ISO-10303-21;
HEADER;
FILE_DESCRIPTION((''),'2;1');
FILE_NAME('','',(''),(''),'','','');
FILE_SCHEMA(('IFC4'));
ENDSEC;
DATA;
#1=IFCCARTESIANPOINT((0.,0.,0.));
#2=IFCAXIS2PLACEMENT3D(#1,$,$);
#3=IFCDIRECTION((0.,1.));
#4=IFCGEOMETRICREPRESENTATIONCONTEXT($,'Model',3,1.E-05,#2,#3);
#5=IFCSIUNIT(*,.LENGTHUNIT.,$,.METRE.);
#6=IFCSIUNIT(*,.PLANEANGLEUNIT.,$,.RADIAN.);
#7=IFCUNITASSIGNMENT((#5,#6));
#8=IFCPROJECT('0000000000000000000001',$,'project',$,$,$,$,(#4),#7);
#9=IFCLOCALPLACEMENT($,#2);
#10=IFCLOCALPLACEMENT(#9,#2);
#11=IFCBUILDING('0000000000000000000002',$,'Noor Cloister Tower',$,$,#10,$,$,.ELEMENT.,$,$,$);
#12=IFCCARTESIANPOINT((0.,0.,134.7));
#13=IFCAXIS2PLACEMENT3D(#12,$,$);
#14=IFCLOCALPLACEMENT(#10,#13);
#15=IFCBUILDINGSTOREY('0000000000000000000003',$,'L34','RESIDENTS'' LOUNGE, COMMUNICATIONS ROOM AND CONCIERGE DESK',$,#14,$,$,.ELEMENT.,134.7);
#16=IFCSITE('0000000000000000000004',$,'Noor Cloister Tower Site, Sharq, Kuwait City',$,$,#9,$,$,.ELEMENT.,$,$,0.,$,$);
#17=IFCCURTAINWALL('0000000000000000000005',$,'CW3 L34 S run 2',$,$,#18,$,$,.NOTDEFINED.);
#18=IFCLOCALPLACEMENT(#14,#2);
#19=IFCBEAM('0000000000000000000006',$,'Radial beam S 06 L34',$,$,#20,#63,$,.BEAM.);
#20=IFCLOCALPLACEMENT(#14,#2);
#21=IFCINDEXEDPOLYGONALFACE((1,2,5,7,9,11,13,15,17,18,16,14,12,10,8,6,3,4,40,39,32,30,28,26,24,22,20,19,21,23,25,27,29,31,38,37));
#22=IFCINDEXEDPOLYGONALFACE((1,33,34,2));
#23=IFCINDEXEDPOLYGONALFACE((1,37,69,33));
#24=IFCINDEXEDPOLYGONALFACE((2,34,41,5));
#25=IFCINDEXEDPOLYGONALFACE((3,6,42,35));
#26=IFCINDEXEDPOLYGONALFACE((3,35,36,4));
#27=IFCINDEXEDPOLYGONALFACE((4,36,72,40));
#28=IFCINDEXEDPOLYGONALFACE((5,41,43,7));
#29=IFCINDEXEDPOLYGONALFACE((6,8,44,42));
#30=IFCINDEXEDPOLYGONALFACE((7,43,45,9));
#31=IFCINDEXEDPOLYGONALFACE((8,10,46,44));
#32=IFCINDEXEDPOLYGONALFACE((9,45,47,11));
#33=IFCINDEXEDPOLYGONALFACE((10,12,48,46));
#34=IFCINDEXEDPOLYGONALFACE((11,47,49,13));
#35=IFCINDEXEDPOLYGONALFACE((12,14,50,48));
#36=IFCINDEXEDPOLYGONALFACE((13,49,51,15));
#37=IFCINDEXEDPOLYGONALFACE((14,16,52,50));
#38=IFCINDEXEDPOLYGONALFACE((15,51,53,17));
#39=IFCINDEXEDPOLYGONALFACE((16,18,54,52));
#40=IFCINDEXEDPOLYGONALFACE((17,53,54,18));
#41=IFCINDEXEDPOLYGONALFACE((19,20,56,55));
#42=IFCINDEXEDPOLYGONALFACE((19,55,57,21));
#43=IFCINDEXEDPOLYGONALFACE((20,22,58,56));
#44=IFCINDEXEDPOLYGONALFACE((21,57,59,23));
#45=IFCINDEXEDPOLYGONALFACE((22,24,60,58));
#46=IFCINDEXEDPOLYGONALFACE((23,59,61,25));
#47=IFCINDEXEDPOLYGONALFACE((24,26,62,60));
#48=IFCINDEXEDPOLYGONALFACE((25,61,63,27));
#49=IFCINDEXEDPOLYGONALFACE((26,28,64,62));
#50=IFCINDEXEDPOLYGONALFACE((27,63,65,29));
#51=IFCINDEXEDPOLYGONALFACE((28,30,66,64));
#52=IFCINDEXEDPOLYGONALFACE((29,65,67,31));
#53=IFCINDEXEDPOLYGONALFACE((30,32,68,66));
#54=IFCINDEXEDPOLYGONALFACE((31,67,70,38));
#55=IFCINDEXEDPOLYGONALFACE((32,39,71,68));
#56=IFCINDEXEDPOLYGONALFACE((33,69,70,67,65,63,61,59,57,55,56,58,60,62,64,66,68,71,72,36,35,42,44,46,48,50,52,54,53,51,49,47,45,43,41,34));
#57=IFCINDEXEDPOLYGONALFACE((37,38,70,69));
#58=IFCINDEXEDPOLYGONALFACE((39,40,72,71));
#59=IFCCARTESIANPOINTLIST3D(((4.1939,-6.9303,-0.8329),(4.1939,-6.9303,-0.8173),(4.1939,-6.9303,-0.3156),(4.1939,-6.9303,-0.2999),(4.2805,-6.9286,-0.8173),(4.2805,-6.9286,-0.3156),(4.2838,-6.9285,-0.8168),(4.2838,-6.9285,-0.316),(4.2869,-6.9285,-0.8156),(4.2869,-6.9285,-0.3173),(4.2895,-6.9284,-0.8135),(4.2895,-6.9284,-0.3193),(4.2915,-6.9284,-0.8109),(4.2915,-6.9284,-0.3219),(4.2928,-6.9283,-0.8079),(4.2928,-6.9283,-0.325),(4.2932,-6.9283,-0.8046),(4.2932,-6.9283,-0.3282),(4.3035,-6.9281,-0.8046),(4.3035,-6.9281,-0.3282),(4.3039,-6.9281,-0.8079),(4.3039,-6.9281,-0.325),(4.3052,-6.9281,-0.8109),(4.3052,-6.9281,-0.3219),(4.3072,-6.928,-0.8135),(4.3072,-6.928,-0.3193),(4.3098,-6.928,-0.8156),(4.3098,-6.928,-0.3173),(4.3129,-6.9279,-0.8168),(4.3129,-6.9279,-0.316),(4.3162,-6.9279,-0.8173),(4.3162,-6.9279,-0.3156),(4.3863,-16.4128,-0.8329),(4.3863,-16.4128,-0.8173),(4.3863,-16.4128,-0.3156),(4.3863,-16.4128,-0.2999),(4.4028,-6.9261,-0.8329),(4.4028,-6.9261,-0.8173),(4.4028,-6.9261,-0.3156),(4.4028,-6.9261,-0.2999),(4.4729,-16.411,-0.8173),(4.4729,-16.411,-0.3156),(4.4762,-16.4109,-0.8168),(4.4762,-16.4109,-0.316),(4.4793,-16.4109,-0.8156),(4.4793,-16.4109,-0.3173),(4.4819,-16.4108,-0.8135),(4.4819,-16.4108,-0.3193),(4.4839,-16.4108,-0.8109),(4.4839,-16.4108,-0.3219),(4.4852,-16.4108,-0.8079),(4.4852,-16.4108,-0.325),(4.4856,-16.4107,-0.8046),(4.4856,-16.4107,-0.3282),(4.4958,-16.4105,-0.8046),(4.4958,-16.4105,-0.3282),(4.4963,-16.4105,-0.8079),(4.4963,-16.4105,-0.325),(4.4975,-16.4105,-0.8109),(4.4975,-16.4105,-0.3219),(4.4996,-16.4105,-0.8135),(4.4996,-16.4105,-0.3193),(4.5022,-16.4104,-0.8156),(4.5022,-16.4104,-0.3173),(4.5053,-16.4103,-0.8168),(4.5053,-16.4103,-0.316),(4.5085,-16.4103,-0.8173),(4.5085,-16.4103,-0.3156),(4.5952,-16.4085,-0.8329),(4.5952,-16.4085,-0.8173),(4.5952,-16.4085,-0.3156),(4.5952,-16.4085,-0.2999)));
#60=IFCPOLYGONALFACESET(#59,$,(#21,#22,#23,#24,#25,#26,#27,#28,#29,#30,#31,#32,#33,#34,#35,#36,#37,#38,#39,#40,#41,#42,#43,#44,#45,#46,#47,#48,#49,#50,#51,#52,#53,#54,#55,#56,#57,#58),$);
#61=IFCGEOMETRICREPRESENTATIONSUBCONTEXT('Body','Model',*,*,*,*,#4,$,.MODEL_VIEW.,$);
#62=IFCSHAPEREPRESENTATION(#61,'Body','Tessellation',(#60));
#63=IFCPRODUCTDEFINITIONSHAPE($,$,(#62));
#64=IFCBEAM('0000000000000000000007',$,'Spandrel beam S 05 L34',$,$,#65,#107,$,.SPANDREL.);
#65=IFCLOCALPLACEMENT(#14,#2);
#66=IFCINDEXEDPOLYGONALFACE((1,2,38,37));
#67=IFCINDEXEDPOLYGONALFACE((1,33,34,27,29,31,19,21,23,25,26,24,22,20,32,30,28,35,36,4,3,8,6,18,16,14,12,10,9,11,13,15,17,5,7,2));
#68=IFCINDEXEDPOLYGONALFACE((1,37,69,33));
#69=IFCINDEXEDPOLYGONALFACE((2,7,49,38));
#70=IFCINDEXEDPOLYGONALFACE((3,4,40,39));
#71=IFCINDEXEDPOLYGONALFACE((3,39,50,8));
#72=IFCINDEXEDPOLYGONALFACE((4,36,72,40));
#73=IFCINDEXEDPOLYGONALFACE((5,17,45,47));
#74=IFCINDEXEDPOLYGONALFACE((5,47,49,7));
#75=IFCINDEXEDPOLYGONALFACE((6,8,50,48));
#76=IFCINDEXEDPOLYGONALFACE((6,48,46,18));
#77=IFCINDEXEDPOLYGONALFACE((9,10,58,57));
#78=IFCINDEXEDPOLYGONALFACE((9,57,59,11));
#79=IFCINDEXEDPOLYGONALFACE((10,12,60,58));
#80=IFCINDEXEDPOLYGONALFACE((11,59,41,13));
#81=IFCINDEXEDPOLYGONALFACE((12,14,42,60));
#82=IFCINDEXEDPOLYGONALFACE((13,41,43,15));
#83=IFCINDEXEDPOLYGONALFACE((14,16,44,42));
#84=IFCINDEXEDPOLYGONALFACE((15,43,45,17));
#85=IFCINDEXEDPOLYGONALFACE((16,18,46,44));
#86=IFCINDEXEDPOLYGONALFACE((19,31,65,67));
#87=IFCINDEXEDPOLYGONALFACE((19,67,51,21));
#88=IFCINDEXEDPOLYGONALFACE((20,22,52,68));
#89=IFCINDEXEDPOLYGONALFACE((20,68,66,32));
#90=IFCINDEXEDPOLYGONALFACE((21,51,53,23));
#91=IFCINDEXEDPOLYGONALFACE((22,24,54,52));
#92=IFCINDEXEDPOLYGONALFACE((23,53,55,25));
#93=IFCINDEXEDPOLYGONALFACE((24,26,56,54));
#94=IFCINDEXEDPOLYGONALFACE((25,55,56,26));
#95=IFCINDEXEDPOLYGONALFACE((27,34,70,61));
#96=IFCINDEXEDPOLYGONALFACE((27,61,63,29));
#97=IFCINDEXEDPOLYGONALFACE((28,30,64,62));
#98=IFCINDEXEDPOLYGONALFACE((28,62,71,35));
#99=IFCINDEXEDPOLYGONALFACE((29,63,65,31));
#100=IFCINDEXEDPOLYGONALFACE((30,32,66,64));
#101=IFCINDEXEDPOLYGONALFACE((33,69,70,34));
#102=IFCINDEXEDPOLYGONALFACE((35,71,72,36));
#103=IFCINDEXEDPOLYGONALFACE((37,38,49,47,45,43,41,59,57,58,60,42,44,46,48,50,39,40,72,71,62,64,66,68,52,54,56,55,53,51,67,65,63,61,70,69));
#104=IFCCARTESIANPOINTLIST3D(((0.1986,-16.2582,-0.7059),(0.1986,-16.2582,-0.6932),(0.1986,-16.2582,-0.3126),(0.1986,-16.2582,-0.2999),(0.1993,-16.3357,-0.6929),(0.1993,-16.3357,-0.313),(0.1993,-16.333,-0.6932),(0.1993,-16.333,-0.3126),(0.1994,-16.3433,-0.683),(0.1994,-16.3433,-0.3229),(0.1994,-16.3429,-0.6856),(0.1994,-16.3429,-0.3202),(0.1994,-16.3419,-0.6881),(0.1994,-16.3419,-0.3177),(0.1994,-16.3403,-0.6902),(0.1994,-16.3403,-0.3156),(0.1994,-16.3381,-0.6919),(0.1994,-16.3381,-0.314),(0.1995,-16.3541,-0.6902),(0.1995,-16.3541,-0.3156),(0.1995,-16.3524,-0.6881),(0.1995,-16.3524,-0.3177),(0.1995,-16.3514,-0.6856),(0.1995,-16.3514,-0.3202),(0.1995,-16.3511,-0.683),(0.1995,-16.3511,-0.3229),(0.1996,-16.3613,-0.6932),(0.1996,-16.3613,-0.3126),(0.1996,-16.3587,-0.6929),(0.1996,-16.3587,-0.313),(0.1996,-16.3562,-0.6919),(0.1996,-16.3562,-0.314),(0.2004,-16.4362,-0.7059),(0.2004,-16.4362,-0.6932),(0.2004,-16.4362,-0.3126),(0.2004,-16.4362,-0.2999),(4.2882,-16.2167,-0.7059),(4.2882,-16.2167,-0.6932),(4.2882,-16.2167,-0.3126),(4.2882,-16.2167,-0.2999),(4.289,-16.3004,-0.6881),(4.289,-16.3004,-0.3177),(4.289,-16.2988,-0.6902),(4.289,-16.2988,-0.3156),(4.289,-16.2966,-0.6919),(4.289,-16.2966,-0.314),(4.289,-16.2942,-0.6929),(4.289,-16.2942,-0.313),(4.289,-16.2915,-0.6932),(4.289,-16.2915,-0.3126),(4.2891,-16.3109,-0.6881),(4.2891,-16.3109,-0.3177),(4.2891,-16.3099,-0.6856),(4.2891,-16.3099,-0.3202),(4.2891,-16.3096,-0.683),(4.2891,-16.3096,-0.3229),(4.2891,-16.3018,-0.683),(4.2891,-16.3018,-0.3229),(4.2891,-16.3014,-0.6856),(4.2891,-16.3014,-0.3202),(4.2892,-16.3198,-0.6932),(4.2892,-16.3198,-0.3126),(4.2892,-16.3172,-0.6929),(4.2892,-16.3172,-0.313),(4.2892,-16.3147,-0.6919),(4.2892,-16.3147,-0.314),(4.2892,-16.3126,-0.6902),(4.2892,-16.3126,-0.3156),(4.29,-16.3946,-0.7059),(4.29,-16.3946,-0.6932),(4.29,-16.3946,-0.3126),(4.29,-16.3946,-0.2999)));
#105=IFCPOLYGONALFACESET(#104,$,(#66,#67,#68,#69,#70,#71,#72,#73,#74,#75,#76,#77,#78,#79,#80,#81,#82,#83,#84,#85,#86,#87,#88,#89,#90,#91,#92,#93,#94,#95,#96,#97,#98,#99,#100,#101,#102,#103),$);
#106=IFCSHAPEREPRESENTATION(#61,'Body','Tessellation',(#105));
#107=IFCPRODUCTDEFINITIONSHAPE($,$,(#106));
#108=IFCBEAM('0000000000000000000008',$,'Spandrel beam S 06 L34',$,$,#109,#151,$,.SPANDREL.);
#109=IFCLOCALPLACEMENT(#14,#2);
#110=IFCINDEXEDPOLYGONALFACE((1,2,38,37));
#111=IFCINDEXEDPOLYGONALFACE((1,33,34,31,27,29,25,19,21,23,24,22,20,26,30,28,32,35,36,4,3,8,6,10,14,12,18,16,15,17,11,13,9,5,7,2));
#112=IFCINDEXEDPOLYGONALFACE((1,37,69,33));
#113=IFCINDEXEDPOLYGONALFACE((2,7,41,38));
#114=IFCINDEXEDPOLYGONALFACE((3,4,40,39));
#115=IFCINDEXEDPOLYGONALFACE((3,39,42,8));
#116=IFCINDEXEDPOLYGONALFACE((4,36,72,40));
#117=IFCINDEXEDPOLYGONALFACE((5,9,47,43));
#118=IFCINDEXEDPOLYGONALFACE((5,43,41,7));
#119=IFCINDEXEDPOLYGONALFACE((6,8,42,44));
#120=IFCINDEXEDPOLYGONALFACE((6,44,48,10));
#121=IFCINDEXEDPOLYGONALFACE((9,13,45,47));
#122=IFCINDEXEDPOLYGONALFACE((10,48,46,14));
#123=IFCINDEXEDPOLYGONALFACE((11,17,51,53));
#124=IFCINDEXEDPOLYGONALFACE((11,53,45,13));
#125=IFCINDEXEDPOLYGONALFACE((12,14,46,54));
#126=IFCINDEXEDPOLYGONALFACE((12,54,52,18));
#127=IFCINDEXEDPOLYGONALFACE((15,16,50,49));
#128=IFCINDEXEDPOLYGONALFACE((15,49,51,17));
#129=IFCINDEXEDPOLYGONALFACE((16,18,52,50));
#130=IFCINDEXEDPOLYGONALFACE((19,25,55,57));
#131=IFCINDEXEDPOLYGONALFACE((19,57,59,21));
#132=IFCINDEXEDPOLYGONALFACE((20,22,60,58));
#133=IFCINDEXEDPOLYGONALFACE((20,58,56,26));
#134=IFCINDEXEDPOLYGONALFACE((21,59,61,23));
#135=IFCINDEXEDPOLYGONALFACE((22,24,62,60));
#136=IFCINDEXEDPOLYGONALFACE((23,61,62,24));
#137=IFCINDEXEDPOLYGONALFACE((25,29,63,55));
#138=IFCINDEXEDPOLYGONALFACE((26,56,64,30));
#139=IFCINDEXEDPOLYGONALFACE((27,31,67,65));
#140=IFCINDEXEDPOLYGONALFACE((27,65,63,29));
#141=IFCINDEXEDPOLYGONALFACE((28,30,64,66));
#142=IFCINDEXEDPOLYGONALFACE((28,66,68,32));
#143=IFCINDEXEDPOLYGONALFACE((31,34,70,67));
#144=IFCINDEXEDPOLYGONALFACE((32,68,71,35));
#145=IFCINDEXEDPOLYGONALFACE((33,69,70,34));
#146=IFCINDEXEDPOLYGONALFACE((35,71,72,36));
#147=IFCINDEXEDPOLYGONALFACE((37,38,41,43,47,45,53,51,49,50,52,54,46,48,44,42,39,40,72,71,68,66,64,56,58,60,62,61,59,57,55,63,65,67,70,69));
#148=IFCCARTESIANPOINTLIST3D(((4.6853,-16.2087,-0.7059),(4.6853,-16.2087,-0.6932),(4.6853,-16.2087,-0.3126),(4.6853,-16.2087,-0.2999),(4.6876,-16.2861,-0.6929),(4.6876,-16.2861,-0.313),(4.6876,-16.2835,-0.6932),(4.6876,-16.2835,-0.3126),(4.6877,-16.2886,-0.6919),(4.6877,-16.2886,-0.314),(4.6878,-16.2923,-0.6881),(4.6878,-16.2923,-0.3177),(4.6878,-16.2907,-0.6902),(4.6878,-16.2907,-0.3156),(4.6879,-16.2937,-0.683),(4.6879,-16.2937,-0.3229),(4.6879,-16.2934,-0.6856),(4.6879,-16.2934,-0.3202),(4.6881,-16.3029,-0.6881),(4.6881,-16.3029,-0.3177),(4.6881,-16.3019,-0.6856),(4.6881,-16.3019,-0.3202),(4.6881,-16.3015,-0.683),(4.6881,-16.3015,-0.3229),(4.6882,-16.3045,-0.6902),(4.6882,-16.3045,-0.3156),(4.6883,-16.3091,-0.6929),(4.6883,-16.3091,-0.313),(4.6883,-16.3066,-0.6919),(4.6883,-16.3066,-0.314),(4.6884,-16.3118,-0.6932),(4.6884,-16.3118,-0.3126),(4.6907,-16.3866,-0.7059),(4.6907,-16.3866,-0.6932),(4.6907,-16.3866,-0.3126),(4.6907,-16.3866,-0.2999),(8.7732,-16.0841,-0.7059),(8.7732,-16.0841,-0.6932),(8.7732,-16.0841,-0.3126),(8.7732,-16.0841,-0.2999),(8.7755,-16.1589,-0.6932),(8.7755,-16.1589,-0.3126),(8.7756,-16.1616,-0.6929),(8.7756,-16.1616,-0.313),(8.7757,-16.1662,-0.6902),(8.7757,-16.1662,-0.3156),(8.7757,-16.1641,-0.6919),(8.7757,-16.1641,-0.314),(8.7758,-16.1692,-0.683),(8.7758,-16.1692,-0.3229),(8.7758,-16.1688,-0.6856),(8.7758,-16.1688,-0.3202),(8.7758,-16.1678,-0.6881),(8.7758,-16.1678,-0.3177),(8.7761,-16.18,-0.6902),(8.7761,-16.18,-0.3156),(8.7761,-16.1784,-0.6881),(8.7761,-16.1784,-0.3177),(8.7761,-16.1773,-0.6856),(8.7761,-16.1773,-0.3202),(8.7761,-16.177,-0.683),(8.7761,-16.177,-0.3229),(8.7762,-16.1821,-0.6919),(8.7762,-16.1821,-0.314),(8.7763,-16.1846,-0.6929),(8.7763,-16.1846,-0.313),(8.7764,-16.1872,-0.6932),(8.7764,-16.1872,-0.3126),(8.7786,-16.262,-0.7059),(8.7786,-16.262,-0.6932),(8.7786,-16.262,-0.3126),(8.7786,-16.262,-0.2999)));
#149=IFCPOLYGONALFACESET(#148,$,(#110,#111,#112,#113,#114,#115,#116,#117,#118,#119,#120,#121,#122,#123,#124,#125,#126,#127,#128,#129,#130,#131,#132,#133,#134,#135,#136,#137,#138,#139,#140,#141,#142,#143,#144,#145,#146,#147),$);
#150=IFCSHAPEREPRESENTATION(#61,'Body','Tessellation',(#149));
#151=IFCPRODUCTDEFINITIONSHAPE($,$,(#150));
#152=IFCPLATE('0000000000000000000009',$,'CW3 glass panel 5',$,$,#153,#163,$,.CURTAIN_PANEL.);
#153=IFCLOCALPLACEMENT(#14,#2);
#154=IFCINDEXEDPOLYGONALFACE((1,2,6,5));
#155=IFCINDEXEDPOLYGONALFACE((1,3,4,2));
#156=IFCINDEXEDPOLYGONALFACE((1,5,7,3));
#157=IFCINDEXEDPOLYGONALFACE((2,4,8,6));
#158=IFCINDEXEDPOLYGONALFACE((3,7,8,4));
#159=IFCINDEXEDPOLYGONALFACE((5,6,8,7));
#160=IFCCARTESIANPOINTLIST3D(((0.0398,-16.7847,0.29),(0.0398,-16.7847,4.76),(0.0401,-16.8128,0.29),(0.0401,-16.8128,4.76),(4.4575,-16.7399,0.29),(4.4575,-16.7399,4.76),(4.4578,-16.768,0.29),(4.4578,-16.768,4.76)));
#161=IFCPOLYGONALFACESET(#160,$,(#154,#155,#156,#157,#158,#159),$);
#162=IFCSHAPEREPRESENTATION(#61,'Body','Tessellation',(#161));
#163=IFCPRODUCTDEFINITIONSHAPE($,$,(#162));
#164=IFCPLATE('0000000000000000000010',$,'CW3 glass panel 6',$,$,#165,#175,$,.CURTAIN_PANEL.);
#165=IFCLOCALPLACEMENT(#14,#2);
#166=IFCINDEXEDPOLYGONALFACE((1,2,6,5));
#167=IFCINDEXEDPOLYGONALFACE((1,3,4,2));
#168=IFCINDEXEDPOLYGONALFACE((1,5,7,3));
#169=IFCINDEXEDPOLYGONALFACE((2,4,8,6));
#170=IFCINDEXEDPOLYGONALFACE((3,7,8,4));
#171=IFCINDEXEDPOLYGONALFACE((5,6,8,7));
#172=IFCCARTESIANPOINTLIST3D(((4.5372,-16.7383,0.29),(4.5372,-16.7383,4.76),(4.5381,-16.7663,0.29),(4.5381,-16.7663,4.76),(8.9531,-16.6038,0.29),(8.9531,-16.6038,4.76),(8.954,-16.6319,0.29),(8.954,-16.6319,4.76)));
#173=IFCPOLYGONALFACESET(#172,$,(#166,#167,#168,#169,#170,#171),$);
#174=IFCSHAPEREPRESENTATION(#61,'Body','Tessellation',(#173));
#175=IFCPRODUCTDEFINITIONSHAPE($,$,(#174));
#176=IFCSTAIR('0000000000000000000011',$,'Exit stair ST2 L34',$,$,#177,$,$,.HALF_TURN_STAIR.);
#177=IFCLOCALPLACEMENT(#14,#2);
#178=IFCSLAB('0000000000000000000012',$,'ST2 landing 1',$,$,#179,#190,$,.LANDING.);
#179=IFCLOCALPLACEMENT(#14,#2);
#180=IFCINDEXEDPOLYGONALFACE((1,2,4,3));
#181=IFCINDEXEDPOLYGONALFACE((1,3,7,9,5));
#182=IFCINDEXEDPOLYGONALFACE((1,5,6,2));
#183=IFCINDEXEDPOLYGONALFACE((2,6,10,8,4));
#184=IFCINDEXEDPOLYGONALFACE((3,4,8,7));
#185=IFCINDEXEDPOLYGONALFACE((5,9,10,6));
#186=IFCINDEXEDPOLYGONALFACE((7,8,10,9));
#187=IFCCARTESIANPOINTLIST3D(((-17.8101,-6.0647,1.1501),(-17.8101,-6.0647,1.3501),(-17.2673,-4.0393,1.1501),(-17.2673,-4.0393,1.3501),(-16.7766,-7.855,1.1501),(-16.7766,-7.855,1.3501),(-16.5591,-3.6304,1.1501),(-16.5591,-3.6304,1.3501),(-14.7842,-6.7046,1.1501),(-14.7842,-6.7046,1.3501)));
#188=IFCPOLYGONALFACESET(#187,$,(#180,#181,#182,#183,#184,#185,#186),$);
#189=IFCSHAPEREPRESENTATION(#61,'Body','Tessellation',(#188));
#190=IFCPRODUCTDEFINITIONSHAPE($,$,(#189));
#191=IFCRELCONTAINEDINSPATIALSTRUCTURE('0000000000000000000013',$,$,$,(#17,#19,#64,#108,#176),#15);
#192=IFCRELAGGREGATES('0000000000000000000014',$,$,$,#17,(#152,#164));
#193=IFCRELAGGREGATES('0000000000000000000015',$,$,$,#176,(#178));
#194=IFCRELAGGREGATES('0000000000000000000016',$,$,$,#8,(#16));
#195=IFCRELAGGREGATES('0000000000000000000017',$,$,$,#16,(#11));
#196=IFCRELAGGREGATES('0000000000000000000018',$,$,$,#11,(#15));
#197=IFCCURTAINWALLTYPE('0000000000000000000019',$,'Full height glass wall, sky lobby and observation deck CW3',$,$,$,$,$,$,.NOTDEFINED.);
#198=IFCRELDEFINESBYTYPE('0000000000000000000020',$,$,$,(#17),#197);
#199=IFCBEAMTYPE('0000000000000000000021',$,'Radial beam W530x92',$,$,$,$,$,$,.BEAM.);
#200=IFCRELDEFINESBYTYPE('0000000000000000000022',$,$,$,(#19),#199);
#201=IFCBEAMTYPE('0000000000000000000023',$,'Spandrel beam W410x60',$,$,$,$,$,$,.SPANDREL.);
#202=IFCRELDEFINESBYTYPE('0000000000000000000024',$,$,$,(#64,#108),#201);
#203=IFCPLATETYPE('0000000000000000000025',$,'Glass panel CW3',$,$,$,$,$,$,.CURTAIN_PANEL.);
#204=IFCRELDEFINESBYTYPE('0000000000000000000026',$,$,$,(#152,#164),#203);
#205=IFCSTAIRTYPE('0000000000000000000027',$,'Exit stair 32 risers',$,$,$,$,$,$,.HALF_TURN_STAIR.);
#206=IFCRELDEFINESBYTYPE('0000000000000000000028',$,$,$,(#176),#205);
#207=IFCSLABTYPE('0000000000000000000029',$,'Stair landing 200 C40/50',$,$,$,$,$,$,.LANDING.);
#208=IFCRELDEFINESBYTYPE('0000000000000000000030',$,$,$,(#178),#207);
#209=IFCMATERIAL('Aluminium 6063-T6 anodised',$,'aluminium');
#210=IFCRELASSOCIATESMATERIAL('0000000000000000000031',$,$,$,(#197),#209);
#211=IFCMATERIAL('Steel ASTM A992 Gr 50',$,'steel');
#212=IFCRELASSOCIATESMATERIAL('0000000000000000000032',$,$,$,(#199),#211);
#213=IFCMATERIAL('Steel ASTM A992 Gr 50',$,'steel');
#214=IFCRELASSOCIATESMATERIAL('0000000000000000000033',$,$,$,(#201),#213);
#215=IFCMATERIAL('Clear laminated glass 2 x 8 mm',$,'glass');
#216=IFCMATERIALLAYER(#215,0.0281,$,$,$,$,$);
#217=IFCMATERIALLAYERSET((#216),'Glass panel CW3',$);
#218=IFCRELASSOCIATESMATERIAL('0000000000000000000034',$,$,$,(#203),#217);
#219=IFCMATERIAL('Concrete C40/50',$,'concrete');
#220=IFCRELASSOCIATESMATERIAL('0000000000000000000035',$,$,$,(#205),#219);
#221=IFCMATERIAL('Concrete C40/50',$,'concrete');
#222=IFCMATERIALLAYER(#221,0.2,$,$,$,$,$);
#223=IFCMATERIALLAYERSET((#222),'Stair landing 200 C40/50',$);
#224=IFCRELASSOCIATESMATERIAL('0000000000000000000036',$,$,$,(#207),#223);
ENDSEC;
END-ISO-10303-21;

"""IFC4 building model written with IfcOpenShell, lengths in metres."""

from ifc_helpers import new_model, si_unit, direction, frame, origin, origin_2d, place, context, subcontext, project, spatial, polyline, rectangle, i_section, outline, extrude, material, layer, layer_set, material_profile, profile_set, type_object, element, aggregate, save


model = new_model("IFC4")

# Units and contexts
model_context = context("Model", 3, precision=1e-05, world=origin(), true_north=direction((0.0, 1.0)))
body_context = subcontext(model_context, "Body", "Model", "MODEL_VIEW")
ifc_project = project(units=[si_unit("LENGTHUNIT", "METRE"), si_unit("PLANEANGLEUNIT", "RADIAN")], contexts=[model_context])

# Site, building, storey
site_placement = place(None, origin())
site = spatial("IfcSite", under=ifc_project, at=site_placement, Name="Noor Cloister Tower Site, Sharq, Kuwait City", CompositionType="ELEMENT", RefElevation=0.0)
building_placement = place(site_placement, origin())
building = spatial("IfcBuilding", under=site, at=building_placement, Name="Noor Cloister Tower", CompositionType="ELEMENT")
storey_placement = place(building_placement, frame((0.0, 0.0, 134.7)))
storey = spatial("IfcBuildingStorey", under=building, at=storey_placement, Name="L34", Description="RESIDENTS' LOUNGE, COMMUNICATIONS ROOM AND CONCIERGE DESK", CompositionType="ELEMENT", Elevation=134.7)

# Curtain wall
ifc_material_1 = material(Name="Aluminium 6063-T6 anodised", Category="aluminium")
curtain_wall_type = type_object("IfcCurtainWallType", Name="Full height glass wall, sky lobby and observation deck CW3", PredefinedType="NOTDEFINED", material=ifc_material_1)
curtain_wall_placement = place(storey_placement, origin())
curtain_wall = element("IfcCurtainWall", 1, at=curtain_wall_placement, inside=storey, type_object=curtain_wall_type, Name="CW3 L34 S run 2", PredefinedType="NOTDEFINED")

# Beams
ifc_material_2 = material(Name="Steel ASTM A992 Gr 50", Category="steel")
ifc_material_profile_1 = material_profile(ifc_material_2, i_section(OverallWidth=0.209, OverallDepth=0.533, WebThickness=0.0103, FlangeThickness=0.0156, FilletRadius=0.0127, at=origin_2d()), Name="W530x92")
ifc_profile_set_1 = profile_set([ifc_material_profile_1], Name="Steel ASTM A992 Gr 50")
beam_type_1 = type_object("IfcBeamType", Name="Radial beam W530x92", PredefinedType="BEAM", material=ifc_profile_set_1)
beam_1_placement = place(storey_placement, frame((4.4907, -16.4106, -0.5664), z_axis=(-0.020284, 0.999794, 0.0), x_axis=(-0.999794, -0.020284, 0.0)))
element("IfcBeam", 2, at=beam_1_placement, inside=storey, type_object=beam_type_1, Name="Radial beam S 06 L34", PredefinedType="BEAM", context=body_context, shape_type="SweptSolid", body=[
    extrude(i_section(OverallWidth=0.209, OverallDepth=0.533, WebThickness=0.0103, FlangeThickness=0.0156, FilletRadius=0.0127, at=origin_2d()), origin(), (0.0, 0.0, 1.0), 9.4844),
])
ifc_material_3 = material(Name="Steel ASTM A992 Gr 50", Category="steel")
ifc_material_profile_2 = material_profile(ifc_material_3, i_section(OverallWidth=0.178, OverallDepth=0.406, WebThickness=0.0078, FlangeThickness=0.0127, FilletRadius=0.0103, at=origin_2d()), Name="W410x60")
ifc_profile_set_2 = profile_set([ifc_material_profile_2], Name="Steel ASTM A992 Gr 50")
beam_type_2 = type_object("IfcBeamType", Name="Spandrel beam W410x60", PredefinedType="SPANDREL", material=ifc_profile_set_2)
for number, where, z_axis, x_axis, name in (
    (3, (0.1995, -16.3472, -0.5029), (0.999949, 0.010148, 0.0), (-0.010148, 0.999949, 0.0), "Spandrel beam S 05 L34"),
    (4, (4.688, -16.2976, -0.5029), (0.999536, 0.030445, 0.0), (-0.030445, 0.999536, 0.0), "Spandrel beam S 06 L34"),
):
    element("IfcBeam", number, at=place(storey_placement, frame(where, z_axis=z_axis, x_axis=x_axis)), inside=storey, type_object=beam_type_2, Name=name, PredefinedType="SPANDREL", context=body_context, shape_type="SweptSolid", body=[
        extrude(i_section(OverallWidth=0.178, OverallDepth=0.406, WebThickness=0.0078, FlangeThickness=0.0127, FilletRadius=0.0103, at=origin_2d()), origin(), (0.0, 0.0, 1.0), 4.0898),
    ])

# Plates
ifc_material_4 = material(Name="Clear laminated glass 2 x 8 mm", Category="glass")
ifc_layer_1 = layer(ifc_material_4, 0.0281)
ifc_layer_set_1 = layer_set([ifc_layer_1], Name="Glass panel CW3")
plate_type = type_object("IfcPlateType", Name="Glass panel CW3", PredefinedType="CURTAIN_PANEL", material=ifc_layer_set_1)
plate_1_placement = place(storey_placement, frame((2.2488, -16.7764, 0.29), z_axis=(0.0, 0.0, 1.0), x_axis=(0.999949, 0.010147, 0.0)))
plate_1 = element("IfcPlate", 5, at=plate_1_placement, type_object=plate_type, Name="CW3 glass panel 5", PredefinedType="CURTAIN_PANEL", context=body_context, shape_type="SweptSolid", body=[
    extrude(rectangle(XDim=4.418, YDim=0.0281, at=origin_2d()), origin(), (0.0, 0.0, 1.0), 4.47),
])
plate_2_placement = place(storey_placement, frame((6.7456, -16.6851, 0.29), z_axis=(0.0, 0.0, 1.0), x_axis=(0.999537, 0.030438, 0.0)))
plate_2 = element("IfcPlate", 6, at=plate_2_placement, type_object=plate_type, Name="CW3 glass panel 6", PredefinedType="CURTAIN_PANEL", context=body_context, shape_type="SweptSolid", body=[
    extrude(rectangle(XDim=4.418, YDim=0.0281, at=origin_2d()), origin(), (0.0, 0.0, 1.0), 4.47),
])
aggregate(curtain_wall, [plate_1, plate_2])

# Stair, slab
ifc_material_5 = material(Name="Concrete C40/50", Category="concrete")
stair_type = type_object("IfcStairType", Name="Exit stair 32 risers", PredefinedType="HALF_TURN_STAIR", material=ifc_material_5)
stair_1_placement = place(storey_placement, origin())
stair_1 = element("IfcStair", 7, at=stair_1_placement, inside=storey, type_object=stair_type, Name="Exit stair ST2 L34", PredefinedType="HALF_TURN_STAIR")
ifc_material_6 = material(Name="Concrete C40/50", Category="concrete")
ifc_layer_2 = layer(ifc_material_6, 0.2)
ifc_layer_set_2 = layer_set([ifc_layer_2], Name="Stair landing 200 C40/50")
slab_type = type_object("IfcSlabType", Name="Stair landing 200 C40/50", PredefinedType="LANDING", material=ifc_layer_set_2)
slab_1_placement = place(storey_placement, frame((0.0, 0.0, 1.1501)))
slab_1 = element("IfcSlab", 8, at=slab_1_placement, type_object=slab_type, Name="ST2 landing 1", PredefinedType="LANDING", context=body_context, shape_type="SweptSolid", body=[
    extrude(outline(polyline([(-16.5591, -3.6304), (-17.2673, -4.0393), (-17.8101, -6.0647), (-16.7766, -7.855), (-14.7842, -6.7046), (-16.5591, -3.6304)])), origin(), (0.0, 0.0, 1.0), 0.2),
])
aggregate(stair_1, [slab_1])

save(model, "model.ifc")
